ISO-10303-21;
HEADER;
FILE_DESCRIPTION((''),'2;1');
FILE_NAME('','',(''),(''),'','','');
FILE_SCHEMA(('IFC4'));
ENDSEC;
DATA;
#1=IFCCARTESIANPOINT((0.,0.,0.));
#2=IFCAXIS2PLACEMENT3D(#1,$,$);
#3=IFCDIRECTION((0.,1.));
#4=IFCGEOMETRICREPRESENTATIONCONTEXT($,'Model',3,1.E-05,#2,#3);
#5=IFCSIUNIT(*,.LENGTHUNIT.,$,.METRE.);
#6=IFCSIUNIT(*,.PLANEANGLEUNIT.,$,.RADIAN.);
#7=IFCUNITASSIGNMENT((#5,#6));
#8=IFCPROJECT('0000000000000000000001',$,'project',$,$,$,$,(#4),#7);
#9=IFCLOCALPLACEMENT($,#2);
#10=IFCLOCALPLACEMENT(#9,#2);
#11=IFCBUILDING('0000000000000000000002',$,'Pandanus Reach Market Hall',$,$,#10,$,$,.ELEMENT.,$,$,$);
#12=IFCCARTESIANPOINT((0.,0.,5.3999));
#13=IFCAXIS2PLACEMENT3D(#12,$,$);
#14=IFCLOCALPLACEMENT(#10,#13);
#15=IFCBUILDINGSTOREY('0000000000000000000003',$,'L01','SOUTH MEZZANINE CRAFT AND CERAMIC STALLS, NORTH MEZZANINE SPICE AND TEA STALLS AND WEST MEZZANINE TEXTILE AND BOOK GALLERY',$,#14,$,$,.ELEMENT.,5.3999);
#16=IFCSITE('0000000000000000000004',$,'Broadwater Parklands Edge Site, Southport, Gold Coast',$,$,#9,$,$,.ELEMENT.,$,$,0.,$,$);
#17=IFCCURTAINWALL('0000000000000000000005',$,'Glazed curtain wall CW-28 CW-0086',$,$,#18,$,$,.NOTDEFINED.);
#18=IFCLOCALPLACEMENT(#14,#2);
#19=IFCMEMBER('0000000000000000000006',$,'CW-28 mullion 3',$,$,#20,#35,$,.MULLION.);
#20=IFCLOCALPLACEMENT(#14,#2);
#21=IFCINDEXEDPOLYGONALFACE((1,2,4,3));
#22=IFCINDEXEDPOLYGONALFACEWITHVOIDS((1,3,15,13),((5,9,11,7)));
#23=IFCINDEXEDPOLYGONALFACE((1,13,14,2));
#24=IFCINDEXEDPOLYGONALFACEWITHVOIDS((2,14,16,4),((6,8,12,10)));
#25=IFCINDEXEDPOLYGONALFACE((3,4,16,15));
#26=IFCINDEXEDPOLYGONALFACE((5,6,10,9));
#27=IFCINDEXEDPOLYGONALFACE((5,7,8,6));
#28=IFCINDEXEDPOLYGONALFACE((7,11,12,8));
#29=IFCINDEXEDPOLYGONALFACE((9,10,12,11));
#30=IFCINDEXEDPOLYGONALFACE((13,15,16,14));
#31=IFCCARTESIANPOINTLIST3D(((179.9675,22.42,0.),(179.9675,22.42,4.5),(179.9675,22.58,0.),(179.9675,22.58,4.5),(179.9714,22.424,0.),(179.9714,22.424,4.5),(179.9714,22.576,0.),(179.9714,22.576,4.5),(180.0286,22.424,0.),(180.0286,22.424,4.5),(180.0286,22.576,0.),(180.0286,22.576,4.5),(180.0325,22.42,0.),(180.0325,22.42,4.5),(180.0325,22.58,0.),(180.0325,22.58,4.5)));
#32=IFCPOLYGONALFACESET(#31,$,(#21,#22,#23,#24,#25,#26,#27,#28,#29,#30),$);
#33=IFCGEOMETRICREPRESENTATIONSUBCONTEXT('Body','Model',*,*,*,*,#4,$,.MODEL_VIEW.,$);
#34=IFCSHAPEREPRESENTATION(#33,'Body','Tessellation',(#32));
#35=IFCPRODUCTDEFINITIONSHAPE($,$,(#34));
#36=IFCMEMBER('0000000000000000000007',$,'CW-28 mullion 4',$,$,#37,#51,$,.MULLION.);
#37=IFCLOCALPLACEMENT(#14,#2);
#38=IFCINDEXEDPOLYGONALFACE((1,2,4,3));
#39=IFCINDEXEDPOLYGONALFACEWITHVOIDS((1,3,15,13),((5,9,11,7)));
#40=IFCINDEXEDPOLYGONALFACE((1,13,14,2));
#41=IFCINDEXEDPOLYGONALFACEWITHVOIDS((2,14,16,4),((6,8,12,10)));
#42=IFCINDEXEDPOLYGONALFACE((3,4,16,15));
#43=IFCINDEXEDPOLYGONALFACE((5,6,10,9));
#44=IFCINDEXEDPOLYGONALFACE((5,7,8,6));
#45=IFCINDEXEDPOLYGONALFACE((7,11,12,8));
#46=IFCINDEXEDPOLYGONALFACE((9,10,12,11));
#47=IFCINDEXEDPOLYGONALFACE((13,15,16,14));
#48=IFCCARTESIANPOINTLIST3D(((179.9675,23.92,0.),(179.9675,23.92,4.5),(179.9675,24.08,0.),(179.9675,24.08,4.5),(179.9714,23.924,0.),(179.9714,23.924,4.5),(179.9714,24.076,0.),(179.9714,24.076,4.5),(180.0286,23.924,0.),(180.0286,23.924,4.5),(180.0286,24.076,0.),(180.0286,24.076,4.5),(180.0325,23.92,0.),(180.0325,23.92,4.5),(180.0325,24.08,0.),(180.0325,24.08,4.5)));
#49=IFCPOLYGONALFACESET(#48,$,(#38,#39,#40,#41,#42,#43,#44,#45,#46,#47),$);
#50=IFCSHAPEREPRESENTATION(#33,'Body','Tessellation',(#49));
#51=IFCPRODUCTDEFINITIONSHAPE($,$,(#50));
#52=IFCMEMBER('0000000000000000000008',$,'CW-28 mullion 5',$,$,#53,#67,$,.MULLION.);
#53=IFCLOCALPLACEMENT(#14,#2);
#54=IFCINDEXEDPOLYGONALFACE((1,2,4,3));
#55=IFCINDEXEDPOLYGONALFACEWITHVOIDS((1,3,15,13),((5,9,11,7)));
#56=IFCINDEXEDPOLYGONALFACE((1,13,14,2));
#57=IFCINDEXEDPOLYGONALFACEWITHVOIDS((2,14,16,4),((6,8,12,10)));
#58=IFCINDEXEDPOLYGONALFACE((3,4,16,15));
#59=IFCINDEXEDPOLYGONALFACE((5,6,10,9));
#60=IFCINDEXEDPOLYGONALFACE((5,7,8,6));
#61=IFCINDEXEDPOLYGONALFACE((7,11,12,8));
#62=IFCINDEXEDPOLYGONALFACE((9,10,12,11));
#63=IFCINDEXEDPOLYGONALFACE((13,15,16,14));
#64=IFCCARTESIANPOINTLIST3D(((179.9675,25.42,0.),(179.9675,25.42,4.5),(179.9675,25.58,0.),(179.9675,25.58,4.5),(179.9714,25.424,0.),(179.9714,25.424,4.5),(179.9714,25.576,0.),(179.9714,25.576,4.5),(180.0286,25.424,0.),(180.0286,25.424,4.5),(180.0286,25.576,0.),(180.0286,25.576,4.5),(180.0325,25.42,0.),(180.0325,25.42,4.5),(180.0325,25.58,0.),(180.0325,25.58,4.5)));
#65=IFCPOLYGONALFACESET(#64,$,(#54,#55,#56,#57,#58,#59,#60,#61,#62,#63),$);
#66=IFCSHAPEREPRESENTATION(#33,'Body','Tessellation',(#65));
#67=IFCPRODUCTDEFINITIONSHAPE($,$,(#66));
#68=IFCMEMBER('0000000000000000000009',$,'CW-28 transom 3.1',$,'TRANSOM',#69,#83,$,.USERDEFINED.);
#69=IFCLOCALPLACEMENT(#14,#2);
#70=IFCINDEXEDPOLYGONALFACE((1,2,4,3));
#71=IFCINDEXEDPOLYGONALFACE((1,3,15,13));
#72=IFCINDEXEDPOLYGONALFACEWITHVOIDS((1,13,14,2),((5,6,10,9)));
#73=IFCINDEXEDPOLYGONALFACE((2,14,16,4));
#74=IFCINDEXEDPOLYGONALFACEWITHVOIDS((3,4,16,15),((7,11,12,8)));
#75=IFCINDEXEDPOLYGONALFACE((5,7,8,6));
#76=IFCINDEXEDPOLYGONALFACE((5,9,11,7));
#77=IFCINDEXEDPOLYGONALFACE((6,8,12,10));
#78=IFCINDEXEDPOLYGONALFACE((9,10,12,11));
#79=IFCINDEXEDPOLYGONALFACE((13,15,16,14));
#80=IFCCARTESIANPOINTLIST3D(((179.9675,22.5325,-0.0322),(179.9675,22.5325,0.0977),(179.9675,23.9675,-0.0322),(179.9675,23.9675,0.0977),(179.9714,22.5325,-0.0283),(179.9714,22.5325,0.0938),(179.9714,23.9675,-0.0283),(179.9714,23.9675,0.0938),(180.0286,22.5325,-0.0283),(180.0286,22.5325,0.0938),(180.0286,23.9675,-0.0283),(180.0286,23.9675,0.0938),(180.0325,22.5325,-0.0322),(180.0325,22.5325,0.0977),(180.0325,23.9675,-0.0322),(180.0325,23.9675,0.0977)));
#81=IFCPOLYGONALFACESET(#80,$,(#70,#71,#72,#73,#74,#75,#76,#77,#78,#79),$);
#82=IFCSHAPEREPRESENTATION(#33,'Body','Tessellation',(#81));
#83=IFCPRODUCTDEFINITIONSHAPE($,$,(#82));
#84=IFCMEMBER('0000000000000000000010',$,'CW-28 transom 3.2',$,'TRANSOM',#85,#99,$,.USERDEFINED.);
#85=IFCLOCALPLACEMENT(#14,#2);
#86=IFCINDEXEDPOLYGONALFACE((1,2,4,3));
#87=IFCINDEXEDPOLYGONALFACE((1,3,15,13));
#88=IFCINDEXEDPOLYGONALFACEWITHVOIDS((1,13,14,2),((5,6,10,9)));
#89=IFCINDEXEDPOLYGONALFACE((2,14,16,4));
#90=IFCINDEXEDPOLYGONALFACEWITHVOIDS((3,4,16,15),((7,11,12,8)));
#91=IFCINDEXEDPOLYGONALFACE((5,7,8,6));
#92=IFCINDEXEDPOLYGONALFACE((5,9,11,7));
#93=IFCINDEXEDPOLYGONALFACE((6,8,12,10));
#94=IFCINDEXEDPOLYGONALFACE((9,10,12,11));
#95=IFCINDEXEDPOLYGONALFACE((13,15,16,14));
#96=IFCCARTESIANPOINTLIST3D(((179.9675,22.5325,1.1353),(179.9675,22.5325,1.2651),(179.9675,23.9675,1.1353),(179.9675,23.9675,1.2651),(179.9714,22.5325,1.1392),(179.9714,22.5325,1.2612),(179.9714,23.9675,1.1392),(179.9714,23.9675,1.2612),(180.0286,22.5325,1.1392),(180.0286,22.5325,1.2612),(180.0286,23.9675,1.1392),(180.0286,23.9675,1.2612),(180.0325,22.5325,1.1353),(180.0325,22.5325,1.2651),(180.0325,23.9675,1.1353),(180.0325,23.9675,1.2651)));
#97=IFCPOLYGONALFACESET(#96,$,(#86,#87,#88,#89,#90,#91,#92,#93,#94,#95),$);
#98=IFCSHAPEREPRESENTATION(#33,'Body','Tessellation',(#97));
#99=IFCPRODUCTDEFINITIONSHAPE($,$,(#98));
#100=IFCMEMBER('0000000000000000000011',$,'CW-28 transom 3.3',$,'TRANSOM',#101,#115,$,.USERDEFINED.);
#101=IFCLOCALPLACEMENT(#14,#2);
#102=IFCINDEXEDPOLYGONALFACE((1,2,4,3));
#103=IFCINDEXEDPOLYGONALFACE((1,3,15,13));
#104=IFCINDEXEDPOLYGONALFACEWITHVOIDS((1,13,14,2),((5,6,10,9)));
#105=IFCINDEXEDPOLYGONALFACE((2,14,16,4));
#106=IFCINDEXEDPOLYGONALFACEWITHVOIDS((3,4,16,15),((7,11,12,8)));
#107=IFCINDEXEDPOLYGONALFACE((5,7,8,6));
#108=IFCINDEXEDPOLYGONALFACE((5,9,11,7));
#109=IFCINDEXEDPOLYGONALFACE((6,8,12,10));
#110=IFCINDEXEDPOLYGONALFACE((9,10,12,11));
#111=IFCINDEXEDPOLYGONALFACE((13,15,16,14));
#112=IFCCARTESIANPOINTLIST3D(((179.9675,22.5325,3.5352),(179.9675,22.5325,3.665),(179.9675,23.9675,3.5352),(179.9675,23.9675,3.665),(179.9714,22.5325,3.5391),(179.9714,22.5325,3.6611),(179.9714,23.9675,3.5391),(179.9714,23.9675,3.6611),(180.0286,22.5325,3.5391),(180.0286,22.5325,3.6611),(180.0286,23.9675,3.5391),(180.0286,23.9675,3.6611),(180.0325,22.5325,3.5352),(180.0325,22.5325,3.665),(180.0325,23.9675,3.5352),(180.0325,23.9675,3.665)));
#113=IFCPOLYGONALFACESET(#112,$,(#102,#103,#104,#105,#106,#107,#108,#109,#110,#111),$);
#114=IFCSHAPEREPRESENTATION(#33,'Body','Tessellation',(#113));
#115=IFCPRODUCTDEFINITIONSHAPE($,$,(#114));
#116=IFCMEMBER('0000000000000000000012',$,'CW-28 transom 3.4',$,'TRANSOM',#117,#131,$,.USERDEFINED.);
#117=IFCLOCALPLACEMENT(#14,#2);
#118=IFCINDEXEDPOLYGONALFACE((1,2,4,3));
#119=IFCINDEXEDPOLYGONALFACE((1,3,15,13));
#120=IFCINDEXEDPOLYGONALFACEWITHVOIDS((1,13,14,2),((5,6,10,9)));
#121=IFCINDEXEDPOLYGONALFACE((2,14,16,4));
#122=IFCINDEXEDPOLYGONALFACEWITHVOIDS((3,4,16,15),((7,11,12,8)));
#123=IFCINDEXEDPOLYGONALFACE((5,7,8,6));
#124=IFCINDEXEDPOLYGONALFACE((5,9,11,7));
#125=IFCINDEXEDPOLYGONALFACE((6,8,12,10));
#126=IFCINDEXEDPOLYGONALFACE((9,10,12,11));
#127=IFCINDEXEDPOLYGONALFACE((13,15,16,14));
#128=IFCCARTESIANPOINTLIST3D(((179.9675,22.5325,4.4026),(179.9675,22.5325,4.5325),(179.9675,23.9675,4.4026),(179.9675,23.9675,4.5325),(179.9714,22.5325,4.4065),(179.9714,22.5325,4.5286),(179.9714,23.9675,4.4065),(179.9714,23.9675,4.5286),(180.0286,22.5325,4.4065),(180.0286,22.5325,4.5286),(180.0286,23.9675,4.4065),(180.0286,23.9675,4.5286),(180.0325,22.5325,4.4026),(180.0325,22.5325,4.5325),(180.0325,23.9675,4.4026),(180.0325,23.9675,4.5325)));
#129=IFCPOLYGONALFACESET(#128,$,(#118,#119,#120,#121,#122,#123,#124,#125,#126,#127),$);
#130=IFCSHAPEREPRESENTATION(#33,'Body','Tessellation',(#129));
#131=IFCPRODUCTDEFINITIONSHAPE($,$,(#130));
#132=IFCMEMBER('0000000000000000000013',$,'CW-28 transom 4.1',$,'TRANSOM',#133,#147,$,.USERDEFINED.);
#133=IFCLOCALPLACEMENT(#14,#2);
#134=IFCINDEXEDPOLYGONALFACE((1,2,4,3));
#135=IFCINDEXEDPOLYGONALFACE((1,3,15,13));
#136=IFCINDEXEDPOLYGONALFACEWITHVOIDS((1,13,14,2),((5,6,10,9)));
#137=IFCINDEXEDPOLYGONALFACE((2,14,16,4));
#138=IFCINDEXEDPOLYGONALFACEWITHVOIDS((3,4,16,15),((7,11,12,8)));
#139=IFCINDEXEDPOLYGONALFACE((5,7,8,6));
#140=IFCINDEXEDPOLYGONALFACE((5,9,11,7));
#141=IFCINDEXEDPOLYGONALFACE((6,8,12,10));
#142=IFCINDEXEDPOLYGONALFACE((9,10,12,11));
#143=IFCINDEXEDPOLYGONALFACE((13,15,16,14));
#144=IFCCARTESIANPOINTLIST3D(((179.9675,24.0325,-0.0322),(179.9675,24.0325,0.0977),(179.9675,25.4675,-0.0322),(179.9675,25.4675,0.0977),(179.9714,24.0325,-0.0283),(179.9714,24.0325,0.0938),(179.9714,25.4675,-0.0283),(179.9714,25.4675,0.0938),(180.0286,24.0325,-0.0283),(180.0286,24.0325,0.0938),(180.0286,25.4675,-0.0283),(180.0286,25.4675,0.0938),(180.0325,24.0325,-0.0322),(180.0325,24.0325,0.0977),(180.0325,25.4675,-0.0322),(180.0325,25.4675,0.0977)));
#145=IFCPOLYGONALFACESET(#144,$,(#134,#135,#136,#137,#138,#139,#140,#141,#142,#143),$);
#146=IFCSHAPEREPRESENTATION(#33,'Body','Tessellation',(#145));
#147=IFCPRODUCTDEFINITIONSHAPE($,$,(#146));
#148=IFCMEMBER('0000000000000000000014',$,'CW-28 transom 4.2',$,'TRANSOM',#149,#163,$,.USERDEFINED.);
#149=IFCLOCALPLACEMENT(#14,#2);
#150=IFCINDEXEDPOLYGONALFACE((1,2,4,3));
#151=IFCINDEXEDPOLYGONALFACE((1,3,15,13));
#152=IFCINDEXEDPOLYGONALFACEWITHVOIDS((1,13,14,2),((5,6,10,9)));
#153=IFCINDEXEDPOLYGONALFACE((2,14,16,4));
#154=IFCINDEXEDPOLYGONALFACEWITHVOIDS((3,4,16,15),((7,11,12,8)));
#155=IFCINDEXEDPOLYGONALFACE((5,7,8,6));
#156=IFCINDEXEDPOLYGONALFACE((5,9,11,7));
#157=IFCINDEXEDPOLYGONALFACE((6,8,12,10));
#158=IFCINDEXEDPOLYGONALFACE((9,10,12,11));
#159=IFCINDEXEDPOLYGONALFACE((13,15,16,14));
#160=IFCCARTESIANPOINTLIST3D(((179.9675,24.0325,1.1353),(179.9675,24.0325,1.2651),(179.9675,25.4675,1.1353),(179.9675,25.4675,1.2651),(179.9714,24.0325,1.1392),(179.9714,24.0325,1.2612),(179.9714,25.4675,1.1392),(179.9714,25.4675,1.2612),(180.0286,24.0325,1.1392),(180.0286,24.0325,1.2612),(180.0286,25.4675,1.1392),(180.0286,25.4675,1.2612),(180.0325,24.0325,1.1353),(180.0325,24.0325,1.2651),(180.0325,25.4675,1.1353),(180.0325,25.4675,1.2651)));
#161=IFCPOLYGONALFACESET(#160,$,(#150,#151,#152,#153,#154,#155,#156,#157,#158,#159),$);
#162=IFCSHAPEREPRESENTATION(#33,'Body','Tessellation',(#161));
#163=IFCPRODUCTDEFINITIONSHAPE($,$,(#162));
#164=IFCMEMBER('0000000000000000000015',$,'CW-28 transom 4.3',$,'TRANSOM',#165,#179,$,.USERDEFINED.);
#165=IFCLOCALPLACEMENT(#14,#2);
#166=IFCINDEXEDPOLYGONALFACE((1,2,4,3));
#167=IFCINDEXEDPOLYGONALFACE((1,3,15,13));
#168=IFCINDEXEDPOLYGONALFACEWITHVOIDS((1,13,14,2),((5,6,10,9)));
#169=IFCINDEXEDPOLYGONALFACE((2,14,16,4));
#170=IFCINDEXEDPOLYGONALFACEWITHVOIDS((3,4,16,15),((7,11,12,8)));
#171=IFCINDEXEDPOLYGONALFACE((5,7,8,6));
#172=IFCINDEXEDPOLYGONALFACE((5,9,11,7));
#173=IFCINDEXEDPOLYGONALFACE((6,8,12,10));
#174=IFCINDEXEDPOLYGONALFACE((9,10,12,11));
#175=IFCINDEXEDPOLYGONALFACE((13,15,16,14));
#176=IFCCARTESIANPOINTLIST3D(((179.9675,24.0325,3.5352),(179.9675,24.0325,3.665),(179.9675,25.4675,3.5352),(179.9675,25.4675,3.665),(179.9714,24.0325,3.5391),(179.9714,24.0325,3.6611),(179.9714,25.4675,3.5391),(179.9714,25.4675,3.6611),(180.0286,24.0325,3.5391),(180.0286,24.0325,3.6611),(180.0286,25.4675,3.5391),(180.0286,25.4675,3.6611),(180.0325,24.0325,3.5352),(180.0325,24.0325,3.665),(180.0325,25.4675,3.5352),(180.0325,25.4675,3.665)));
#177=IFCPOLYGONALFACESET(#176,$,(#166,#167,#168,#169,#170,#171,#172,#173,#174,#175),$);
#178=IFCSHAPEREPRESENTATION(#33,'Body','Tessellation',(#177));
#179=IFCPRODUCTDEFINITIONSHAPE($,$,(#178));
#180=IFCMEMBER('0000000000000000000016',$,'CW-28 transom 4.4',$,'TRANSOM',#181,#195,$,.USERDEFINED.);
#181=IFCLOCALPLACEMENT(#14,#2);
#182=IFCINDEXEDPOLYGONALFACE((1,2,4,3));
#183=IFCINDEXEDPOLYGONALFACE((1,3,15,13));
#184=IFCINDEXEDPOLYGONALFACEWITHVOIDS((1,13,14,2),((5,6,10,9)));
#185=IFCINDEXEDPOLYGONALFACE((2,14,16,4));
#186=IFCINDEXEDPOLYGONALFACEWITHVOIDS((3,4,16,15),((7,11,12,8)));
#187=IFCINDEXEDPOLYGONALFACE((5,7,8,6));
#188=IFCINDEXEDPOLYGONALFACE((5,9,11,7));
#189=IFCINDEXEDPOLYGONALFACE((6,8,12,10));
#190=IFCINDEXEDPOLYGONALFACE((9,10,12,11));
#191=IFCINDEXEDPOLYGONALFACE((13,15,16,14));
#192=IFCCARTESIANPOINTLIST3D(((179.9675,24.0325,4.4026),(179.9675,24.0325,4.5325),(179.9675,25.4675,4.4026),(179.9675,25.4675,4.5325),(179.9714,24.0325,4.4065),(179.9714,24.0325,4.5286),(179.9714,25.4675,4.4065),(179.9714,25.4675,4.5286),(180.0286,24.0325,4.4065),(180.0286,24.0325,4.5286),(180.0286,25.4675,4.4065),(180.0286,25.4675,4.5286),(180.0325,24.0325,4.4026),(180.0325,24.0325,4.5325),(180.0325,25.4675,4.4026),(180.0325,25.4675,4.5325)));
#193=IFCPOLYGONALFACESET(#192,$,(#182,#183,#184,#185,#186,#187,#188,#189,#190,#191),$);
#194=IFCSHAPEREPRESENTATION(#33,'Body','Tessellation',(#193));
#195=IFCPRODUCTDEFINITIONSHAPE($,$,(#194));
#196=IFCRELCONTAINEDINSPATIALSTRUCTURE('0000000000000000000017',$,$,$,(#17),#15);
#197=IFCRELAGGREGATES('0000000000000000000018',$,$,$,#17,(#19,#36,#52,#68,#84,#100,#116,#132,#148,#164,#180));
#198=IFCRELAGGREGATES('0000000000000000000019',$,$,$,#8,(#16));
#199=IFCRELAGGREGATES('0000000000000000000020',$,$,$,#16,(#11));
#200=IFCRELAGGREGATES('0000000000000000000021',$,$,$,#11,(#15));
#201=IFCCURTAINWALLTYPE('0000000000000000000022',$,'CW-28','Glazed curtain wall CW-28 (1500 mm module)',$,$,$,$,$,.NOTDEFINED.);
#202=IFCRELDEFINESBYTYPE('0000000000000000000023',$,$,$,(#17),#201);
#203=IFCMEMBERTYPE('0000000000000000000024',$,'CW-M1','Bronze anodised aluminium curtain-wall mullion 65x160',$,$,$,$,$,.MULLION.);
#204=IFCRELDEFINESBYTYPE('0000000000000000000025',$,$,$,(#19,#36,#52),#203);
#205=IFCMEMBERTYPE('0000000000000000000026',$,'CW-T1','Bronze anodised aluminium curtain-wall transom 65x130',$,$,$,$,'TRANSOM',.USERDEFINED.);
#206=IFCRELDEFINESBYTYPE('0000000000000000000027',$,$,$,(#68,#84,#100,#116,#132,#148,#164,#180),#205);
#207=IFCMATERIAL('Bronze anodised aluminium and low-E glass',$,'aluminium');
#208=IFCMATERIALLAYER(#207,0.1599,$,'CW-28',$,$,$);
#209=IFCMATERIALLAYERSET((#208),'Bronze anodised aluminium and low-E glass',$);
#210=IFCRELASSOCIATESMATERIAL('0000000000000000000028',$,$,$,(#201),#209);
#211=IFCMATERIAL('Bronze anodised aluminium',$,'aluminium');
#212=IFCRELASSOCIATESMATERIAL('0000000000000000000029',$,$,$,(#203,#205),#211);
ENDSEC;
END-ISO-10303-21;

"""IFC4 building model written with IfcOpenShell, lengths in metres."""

from ifc_helpers import new_model, si_unit, direction, frame, origin, origin_2d, place, context, subcontext, project, spatial, hollow_rectangle, extrude, material, layer, layer_set, material_profile, profile_set, type_object, element, aggregate, save


model = new_model("IFC4")

# Units and contexts
model_context = context("Model", 3, precision=1e-05, world=origin(), true_north=direction((0.0, 1.0)))
body_context = subcontext(model_context, "Body", "Model", "MODEL_VIEW")
ifc_project = project(units=[si_unit("LENGTHUNIT", "METRE"), si_unit("PLANEANGLEUNIT", "RADIAN")], contexts=[model_context])

# Site, building, storey
site_placement = place(None, origin())
site = spatial("IfcSite", under=ifc_project, at=site_placement, Name="Broadwater Parklands Edge Site, Southport, Gold Coast", CompositionType="ELEMENT", RefElevation=0.0)
building_placement = place(site_placement, origin())
building = spatial("IfcBuilding", under=site, at=building_placement, Name="Pandanus Reach Market Hall", CompositionType="ELEMENT")
storey_placement = place(building_placement, frame((0.0, 0.0, 5.3999)))
storey = spatial("IfcBuildingStorey", under=building, at=storey_placement, Name="L01", Description="SOUTH MEZZANINE CRAFT AND CERAMIC STALLS, NORTH MEZZANINE SPICE AND TEA STALLS AND WEST MEZZANINE TEXTILE AND BOOK GALLERY", CompositionType="ELEMENT", Elevation=5.3999)

# Curtain wall, members
ifc_material_1 = material(Name="Bronze anodised aluminium and low-E glass", Category="aluminium")
ifc_layer_1 = layer(ifc_material_1, 0.1599, Name="CW-28")
ifc_layer_set_1 = layer_set([ifc_layer_1], Name="Bronze anodised aluminium and low-E glass")
curtain_wall_type = type_object("IfcCurtainWallType", Name="CW-28", Description="Glazed curtain wall CW-28 (1500 mm module)", PredefinedType="NOTDEFINED", material=ifc_layer_set_1)
curtain_wall_placement = place(storey_placement, origin())
curtain_wall = element("IfcCurtainWall", 1, at=curtain_wall_placement, inside=storey, type_object=curtain_wall_type, Name="Glazed curtain wall CW-28 CW-0086", PredefinedType="NOTDEFINED")
ifc_material_2 = material(Name="Bronze anodised aluminium", Category="aluminium")
ifc_material_profile_1 = material_profile(ifc_material_2, hollow_rectangle(XDim=0.0649, YDim=0.1599, WallThickness=0.0039, at=origin_2d()), Name="ALU65x160", Category="LoadBearing")
ifc_profile_set_1 = profile_set([ifc_material_profile_1], Name="Bronze anodised aluminium")
member_type_1 = type_object("IfcMemberType", Name="CW-M1", Description="Bronze anodised aluminium curtain-wall mullion 65x160", PredefinedType="MULLION", material=ifc_profile_set_1)
member_1_placement = place(storey_placement, frame((180.0, 22.5, 0.0), z_axis=(0.0, 0.0, 1.0), x_axis=(-1.0, 0.0, 0.0)))
member_1 = element("IfcMember", 2, at=member_1_placement, type_object=member_type_1, Name="CW-28 mullion 3", PredefinedType="MULLION", context=body_context, shape_type="SweptSolid", body=[
    extrude(hollow_rectangle(XDim=0.0649, YDim=0.1599, WallThickness=0.0039, at=origin_2d()), origin(), (0.0, 0.0, 1.0), 4.5),
])
member_2_placement = place(storey_placement, frame((180.0, 24.0, 0.0), z_axis=(0.0, 0.0, 1.0), x_axis=(-1.0, 0.0, 0.0)))
member_2 = element("IfcMember", 3, at=member_2_placement, type_object=member_type_1, Name="CW-28 mullion 4", PredefinedType="MULLION", context=body_context, shape_type="SweptSolid", body=[
    extrude(hollow_rectangle(XDim=0.0649, YDim=0.1599, WallThickness=0.0039, at=origin_2d()), origin(), (0.0, 0.0, 1.0), 4.5),
])
member_3_placement = place(storey_placement, frame((180.0, 25.5, 0.0), z_axis=(0.0, 0.0, 1.0), x_axis=(-1.0, 0.0, 0.0)))
member_3 = element("IfcMember", 4, at=member_3_placement, type_object=member_type_1, Name="CW-28 mullion 5", PredefinedType="MULLION", context=body_context, shape_type="SweptSolid", body=[
    extrude(hollow_rectangle(XDim=0.0649, YDim=0.1599, WallThickness=0.0039, at=origin_2d()), origin(), (0.0, 0.0, 1.0), 4.5),
])
ifc_material_profile_2 = material_profile(ifc_material_2, hollow_rectangle(XDim=0.0649, YDim=0.1299, WallThickness=0.0039, at=origin_2d()), Name="ALU65x130", Category="LoadBearing")
ifc_profile_set_2 = profile_set([ifc_material_profile_2], Name="Bronze anodised aluminium")
member_type_2 = type_object("IfcMemberType", Name="CW-T1", Description="Bronze anodised aluminium curtain-wall transom 65x130", ElementType="TRANSOM", PredefinedType="USERDEFINED", material=ifc_profile_set_2)
member_4_placement = place(storey_placement, frame((180.0, 22.5325, 0.0327), z_axis=(0.0, 1.0, 0.0), x_axis=(-1.0, 0.0, 0.0)))
member_4 = element("IfcMember", 5, at=member_4_placement, type_object=member_type_2, Name="CW-28 transom 3.1", ObjectType="TRANSOM", PredefinedType="USERDEFINED", context=body_context, shape_type="SweptSolid", body=[
    extrude(hollow_rectangle(XDim=0.0649, YDim=0.1299, WallThickness=0.0039, at=origin_2d()), origin(), (0.0, 0.0, 1.0), 1.4351),
])
member_5_placement = place(storey_placement, frame((180.0, 22.5325, 1.2002), z_axis=(0.0, 1.0, 0.0), x_axis=(-1.0, 0.0, 0.0)))
member_5 = element("IfcMember", 6, at=member_5_placement, type_object=member_type_2, Name="CW-28 transom 3.2", ObjectType="TRANSOM", PredefinedType="USERDEFINED", context=body_context, shape_type="SweptSolid", body=[
    extrude(hollow_rectangle(XDim=0.0649, YDim=0.1299, WallThickness=0.0039, at=origin_2d()), origin(), (0.0, 0.0, 1.0), 1.4351),
])
member_6_placement = place(storey_placement, frame((180.0, 22.5325, 3.6001), z_axis=(0.0, 1.0, 0.0), x_axis=(-1.0, 0.0, 0.0)))
member_6 = element("IfcMember", 7, at=member_6_placement, type_object=member_type_2, Name="CW-28 transom 3.3", ObjectType="TRANSOM", PredefinedType="USERDEFINED", context=body_context, shape_type="SweptSolid", body=[
    extrude(hollow_rectangle(XDim=0.0649, YDim=0.1299, WallThickness=0.0039, at=origin_2d()), origin(), (0.0, 0.0, 1.0), 1.4351),
])
member_7_placement = place(storey_placement, frame((180.0, 22.5325, 4.4675), z_axis=(0.0, 1.0, 0.0), x_axis=(-1.0, 0.0, 0.0)))
member_7 = element("IfcMember", 8, at=member_7_placement, type_object=member_type_2, Name="CW-28 transom 3.4", ObjectType="TRANSOM", PredefinedType="USERDEFINED", context=body_context, shape_type="SweptSolid", body=[
    extrude(hollow_rectangle(XDim=0.0649, YDim=0.1299, WallThickness=0.0039, at=origin_2d()), origin(), (0.0, 0.0, 1.0), 1.4351),
])
member_8_placement = place(storey_placement, frame((180.0, 24.0325, 0.0327), z_axis=(0.0, 1.0, 0.0), x_axis=(-1.0, 0.0, 0.0)))
member_8 = element("IfcMember", 9, at=member_8_placement, type_object=member_type_2, Name="CW-28 transom 4.1", ObjectType="TRANSOM", PredefinedType="USERDEFINED", context=body_context, shape_type="SweptSolid", body=[
    extrude(hollow_rectangle(XDim=0.0649, YDim=0.1299, WallThickness=0.0039, at=origin_2d()), origin(), (0.0, 0.0, 1.0), 1.4351),
])
member_9_placement = place(storey_placement, frame((180.0, 24.0325, 1.2002), z_axis=(0.0, 1.0, 0.0), x_axis=(-1.0, 0.0, 0.0)))
member_9 = element("IfcMember", 10, at=member_9_placement, type_object=member_type_2, Name="CW-28 transom 4.2", ObjectType="TRANSOM", PredefinedType="USERDEFINED", context=body_context, shape_type="SweptSolid", body=[
    extrude(hollow_rectangle(XDim=0.0649, YDim=0.1299, WallThickness=0.0039, at=origin_2d()), origin(), (0.0, 0.0, 1.0), 1.4351),
])
member_10_placement = place(storey_placement, frame((180.0, 24.0325, 3.6001), z_axis=(0.0, 1.0, 0.0), x_axis=(-1.0, 0.0, 0.0)))
member_10 = element("IfcMember", 11, at=member_10_placement, type_object=member_type_2, Name="CW-28 transom 4.3", ObjectType="TRANSOM", PredefinedType="USERDEFINED", context=body_context, shape_type="SweptSolid", body=[
    extrude(hollow_rectangle(XDim=0.0649, YDim=0.1299, WallThickness=0.0039, at=origin_2d()), origin(), (0.0, 0.0, 1.0), 1.4351),
])
member_11_placement = place(storey_placement, frame((180.0, 24.0325, 4.4675), z_axis=(0.0, 1.0, 0.0), x_axis=(-1.0, 0.0, 0.0)))
member_11 = element("IfcMember", 12, at=member_11_placement, type_object=member_type_2, Name="CW-28 transom 4.4", ObjectType="TRANSOM", PredefinedType="USERDEFINED", context=body_context, shape_type="SweptSolid", body=[
    extrude(hollow_rectangle(XDim=0.0649, YDim=0.1299, WallThickness=0.0039, at=origin_2d()), origin(), (0.0, 0.0, 1.0), 1.4351),
])
aggregate(curtain_wall, [member_1, member_2, member_3, member_4, member_5, member_6, member_7, member_8, member_9, member_10, member_11])

save(model, "model.ifc")
